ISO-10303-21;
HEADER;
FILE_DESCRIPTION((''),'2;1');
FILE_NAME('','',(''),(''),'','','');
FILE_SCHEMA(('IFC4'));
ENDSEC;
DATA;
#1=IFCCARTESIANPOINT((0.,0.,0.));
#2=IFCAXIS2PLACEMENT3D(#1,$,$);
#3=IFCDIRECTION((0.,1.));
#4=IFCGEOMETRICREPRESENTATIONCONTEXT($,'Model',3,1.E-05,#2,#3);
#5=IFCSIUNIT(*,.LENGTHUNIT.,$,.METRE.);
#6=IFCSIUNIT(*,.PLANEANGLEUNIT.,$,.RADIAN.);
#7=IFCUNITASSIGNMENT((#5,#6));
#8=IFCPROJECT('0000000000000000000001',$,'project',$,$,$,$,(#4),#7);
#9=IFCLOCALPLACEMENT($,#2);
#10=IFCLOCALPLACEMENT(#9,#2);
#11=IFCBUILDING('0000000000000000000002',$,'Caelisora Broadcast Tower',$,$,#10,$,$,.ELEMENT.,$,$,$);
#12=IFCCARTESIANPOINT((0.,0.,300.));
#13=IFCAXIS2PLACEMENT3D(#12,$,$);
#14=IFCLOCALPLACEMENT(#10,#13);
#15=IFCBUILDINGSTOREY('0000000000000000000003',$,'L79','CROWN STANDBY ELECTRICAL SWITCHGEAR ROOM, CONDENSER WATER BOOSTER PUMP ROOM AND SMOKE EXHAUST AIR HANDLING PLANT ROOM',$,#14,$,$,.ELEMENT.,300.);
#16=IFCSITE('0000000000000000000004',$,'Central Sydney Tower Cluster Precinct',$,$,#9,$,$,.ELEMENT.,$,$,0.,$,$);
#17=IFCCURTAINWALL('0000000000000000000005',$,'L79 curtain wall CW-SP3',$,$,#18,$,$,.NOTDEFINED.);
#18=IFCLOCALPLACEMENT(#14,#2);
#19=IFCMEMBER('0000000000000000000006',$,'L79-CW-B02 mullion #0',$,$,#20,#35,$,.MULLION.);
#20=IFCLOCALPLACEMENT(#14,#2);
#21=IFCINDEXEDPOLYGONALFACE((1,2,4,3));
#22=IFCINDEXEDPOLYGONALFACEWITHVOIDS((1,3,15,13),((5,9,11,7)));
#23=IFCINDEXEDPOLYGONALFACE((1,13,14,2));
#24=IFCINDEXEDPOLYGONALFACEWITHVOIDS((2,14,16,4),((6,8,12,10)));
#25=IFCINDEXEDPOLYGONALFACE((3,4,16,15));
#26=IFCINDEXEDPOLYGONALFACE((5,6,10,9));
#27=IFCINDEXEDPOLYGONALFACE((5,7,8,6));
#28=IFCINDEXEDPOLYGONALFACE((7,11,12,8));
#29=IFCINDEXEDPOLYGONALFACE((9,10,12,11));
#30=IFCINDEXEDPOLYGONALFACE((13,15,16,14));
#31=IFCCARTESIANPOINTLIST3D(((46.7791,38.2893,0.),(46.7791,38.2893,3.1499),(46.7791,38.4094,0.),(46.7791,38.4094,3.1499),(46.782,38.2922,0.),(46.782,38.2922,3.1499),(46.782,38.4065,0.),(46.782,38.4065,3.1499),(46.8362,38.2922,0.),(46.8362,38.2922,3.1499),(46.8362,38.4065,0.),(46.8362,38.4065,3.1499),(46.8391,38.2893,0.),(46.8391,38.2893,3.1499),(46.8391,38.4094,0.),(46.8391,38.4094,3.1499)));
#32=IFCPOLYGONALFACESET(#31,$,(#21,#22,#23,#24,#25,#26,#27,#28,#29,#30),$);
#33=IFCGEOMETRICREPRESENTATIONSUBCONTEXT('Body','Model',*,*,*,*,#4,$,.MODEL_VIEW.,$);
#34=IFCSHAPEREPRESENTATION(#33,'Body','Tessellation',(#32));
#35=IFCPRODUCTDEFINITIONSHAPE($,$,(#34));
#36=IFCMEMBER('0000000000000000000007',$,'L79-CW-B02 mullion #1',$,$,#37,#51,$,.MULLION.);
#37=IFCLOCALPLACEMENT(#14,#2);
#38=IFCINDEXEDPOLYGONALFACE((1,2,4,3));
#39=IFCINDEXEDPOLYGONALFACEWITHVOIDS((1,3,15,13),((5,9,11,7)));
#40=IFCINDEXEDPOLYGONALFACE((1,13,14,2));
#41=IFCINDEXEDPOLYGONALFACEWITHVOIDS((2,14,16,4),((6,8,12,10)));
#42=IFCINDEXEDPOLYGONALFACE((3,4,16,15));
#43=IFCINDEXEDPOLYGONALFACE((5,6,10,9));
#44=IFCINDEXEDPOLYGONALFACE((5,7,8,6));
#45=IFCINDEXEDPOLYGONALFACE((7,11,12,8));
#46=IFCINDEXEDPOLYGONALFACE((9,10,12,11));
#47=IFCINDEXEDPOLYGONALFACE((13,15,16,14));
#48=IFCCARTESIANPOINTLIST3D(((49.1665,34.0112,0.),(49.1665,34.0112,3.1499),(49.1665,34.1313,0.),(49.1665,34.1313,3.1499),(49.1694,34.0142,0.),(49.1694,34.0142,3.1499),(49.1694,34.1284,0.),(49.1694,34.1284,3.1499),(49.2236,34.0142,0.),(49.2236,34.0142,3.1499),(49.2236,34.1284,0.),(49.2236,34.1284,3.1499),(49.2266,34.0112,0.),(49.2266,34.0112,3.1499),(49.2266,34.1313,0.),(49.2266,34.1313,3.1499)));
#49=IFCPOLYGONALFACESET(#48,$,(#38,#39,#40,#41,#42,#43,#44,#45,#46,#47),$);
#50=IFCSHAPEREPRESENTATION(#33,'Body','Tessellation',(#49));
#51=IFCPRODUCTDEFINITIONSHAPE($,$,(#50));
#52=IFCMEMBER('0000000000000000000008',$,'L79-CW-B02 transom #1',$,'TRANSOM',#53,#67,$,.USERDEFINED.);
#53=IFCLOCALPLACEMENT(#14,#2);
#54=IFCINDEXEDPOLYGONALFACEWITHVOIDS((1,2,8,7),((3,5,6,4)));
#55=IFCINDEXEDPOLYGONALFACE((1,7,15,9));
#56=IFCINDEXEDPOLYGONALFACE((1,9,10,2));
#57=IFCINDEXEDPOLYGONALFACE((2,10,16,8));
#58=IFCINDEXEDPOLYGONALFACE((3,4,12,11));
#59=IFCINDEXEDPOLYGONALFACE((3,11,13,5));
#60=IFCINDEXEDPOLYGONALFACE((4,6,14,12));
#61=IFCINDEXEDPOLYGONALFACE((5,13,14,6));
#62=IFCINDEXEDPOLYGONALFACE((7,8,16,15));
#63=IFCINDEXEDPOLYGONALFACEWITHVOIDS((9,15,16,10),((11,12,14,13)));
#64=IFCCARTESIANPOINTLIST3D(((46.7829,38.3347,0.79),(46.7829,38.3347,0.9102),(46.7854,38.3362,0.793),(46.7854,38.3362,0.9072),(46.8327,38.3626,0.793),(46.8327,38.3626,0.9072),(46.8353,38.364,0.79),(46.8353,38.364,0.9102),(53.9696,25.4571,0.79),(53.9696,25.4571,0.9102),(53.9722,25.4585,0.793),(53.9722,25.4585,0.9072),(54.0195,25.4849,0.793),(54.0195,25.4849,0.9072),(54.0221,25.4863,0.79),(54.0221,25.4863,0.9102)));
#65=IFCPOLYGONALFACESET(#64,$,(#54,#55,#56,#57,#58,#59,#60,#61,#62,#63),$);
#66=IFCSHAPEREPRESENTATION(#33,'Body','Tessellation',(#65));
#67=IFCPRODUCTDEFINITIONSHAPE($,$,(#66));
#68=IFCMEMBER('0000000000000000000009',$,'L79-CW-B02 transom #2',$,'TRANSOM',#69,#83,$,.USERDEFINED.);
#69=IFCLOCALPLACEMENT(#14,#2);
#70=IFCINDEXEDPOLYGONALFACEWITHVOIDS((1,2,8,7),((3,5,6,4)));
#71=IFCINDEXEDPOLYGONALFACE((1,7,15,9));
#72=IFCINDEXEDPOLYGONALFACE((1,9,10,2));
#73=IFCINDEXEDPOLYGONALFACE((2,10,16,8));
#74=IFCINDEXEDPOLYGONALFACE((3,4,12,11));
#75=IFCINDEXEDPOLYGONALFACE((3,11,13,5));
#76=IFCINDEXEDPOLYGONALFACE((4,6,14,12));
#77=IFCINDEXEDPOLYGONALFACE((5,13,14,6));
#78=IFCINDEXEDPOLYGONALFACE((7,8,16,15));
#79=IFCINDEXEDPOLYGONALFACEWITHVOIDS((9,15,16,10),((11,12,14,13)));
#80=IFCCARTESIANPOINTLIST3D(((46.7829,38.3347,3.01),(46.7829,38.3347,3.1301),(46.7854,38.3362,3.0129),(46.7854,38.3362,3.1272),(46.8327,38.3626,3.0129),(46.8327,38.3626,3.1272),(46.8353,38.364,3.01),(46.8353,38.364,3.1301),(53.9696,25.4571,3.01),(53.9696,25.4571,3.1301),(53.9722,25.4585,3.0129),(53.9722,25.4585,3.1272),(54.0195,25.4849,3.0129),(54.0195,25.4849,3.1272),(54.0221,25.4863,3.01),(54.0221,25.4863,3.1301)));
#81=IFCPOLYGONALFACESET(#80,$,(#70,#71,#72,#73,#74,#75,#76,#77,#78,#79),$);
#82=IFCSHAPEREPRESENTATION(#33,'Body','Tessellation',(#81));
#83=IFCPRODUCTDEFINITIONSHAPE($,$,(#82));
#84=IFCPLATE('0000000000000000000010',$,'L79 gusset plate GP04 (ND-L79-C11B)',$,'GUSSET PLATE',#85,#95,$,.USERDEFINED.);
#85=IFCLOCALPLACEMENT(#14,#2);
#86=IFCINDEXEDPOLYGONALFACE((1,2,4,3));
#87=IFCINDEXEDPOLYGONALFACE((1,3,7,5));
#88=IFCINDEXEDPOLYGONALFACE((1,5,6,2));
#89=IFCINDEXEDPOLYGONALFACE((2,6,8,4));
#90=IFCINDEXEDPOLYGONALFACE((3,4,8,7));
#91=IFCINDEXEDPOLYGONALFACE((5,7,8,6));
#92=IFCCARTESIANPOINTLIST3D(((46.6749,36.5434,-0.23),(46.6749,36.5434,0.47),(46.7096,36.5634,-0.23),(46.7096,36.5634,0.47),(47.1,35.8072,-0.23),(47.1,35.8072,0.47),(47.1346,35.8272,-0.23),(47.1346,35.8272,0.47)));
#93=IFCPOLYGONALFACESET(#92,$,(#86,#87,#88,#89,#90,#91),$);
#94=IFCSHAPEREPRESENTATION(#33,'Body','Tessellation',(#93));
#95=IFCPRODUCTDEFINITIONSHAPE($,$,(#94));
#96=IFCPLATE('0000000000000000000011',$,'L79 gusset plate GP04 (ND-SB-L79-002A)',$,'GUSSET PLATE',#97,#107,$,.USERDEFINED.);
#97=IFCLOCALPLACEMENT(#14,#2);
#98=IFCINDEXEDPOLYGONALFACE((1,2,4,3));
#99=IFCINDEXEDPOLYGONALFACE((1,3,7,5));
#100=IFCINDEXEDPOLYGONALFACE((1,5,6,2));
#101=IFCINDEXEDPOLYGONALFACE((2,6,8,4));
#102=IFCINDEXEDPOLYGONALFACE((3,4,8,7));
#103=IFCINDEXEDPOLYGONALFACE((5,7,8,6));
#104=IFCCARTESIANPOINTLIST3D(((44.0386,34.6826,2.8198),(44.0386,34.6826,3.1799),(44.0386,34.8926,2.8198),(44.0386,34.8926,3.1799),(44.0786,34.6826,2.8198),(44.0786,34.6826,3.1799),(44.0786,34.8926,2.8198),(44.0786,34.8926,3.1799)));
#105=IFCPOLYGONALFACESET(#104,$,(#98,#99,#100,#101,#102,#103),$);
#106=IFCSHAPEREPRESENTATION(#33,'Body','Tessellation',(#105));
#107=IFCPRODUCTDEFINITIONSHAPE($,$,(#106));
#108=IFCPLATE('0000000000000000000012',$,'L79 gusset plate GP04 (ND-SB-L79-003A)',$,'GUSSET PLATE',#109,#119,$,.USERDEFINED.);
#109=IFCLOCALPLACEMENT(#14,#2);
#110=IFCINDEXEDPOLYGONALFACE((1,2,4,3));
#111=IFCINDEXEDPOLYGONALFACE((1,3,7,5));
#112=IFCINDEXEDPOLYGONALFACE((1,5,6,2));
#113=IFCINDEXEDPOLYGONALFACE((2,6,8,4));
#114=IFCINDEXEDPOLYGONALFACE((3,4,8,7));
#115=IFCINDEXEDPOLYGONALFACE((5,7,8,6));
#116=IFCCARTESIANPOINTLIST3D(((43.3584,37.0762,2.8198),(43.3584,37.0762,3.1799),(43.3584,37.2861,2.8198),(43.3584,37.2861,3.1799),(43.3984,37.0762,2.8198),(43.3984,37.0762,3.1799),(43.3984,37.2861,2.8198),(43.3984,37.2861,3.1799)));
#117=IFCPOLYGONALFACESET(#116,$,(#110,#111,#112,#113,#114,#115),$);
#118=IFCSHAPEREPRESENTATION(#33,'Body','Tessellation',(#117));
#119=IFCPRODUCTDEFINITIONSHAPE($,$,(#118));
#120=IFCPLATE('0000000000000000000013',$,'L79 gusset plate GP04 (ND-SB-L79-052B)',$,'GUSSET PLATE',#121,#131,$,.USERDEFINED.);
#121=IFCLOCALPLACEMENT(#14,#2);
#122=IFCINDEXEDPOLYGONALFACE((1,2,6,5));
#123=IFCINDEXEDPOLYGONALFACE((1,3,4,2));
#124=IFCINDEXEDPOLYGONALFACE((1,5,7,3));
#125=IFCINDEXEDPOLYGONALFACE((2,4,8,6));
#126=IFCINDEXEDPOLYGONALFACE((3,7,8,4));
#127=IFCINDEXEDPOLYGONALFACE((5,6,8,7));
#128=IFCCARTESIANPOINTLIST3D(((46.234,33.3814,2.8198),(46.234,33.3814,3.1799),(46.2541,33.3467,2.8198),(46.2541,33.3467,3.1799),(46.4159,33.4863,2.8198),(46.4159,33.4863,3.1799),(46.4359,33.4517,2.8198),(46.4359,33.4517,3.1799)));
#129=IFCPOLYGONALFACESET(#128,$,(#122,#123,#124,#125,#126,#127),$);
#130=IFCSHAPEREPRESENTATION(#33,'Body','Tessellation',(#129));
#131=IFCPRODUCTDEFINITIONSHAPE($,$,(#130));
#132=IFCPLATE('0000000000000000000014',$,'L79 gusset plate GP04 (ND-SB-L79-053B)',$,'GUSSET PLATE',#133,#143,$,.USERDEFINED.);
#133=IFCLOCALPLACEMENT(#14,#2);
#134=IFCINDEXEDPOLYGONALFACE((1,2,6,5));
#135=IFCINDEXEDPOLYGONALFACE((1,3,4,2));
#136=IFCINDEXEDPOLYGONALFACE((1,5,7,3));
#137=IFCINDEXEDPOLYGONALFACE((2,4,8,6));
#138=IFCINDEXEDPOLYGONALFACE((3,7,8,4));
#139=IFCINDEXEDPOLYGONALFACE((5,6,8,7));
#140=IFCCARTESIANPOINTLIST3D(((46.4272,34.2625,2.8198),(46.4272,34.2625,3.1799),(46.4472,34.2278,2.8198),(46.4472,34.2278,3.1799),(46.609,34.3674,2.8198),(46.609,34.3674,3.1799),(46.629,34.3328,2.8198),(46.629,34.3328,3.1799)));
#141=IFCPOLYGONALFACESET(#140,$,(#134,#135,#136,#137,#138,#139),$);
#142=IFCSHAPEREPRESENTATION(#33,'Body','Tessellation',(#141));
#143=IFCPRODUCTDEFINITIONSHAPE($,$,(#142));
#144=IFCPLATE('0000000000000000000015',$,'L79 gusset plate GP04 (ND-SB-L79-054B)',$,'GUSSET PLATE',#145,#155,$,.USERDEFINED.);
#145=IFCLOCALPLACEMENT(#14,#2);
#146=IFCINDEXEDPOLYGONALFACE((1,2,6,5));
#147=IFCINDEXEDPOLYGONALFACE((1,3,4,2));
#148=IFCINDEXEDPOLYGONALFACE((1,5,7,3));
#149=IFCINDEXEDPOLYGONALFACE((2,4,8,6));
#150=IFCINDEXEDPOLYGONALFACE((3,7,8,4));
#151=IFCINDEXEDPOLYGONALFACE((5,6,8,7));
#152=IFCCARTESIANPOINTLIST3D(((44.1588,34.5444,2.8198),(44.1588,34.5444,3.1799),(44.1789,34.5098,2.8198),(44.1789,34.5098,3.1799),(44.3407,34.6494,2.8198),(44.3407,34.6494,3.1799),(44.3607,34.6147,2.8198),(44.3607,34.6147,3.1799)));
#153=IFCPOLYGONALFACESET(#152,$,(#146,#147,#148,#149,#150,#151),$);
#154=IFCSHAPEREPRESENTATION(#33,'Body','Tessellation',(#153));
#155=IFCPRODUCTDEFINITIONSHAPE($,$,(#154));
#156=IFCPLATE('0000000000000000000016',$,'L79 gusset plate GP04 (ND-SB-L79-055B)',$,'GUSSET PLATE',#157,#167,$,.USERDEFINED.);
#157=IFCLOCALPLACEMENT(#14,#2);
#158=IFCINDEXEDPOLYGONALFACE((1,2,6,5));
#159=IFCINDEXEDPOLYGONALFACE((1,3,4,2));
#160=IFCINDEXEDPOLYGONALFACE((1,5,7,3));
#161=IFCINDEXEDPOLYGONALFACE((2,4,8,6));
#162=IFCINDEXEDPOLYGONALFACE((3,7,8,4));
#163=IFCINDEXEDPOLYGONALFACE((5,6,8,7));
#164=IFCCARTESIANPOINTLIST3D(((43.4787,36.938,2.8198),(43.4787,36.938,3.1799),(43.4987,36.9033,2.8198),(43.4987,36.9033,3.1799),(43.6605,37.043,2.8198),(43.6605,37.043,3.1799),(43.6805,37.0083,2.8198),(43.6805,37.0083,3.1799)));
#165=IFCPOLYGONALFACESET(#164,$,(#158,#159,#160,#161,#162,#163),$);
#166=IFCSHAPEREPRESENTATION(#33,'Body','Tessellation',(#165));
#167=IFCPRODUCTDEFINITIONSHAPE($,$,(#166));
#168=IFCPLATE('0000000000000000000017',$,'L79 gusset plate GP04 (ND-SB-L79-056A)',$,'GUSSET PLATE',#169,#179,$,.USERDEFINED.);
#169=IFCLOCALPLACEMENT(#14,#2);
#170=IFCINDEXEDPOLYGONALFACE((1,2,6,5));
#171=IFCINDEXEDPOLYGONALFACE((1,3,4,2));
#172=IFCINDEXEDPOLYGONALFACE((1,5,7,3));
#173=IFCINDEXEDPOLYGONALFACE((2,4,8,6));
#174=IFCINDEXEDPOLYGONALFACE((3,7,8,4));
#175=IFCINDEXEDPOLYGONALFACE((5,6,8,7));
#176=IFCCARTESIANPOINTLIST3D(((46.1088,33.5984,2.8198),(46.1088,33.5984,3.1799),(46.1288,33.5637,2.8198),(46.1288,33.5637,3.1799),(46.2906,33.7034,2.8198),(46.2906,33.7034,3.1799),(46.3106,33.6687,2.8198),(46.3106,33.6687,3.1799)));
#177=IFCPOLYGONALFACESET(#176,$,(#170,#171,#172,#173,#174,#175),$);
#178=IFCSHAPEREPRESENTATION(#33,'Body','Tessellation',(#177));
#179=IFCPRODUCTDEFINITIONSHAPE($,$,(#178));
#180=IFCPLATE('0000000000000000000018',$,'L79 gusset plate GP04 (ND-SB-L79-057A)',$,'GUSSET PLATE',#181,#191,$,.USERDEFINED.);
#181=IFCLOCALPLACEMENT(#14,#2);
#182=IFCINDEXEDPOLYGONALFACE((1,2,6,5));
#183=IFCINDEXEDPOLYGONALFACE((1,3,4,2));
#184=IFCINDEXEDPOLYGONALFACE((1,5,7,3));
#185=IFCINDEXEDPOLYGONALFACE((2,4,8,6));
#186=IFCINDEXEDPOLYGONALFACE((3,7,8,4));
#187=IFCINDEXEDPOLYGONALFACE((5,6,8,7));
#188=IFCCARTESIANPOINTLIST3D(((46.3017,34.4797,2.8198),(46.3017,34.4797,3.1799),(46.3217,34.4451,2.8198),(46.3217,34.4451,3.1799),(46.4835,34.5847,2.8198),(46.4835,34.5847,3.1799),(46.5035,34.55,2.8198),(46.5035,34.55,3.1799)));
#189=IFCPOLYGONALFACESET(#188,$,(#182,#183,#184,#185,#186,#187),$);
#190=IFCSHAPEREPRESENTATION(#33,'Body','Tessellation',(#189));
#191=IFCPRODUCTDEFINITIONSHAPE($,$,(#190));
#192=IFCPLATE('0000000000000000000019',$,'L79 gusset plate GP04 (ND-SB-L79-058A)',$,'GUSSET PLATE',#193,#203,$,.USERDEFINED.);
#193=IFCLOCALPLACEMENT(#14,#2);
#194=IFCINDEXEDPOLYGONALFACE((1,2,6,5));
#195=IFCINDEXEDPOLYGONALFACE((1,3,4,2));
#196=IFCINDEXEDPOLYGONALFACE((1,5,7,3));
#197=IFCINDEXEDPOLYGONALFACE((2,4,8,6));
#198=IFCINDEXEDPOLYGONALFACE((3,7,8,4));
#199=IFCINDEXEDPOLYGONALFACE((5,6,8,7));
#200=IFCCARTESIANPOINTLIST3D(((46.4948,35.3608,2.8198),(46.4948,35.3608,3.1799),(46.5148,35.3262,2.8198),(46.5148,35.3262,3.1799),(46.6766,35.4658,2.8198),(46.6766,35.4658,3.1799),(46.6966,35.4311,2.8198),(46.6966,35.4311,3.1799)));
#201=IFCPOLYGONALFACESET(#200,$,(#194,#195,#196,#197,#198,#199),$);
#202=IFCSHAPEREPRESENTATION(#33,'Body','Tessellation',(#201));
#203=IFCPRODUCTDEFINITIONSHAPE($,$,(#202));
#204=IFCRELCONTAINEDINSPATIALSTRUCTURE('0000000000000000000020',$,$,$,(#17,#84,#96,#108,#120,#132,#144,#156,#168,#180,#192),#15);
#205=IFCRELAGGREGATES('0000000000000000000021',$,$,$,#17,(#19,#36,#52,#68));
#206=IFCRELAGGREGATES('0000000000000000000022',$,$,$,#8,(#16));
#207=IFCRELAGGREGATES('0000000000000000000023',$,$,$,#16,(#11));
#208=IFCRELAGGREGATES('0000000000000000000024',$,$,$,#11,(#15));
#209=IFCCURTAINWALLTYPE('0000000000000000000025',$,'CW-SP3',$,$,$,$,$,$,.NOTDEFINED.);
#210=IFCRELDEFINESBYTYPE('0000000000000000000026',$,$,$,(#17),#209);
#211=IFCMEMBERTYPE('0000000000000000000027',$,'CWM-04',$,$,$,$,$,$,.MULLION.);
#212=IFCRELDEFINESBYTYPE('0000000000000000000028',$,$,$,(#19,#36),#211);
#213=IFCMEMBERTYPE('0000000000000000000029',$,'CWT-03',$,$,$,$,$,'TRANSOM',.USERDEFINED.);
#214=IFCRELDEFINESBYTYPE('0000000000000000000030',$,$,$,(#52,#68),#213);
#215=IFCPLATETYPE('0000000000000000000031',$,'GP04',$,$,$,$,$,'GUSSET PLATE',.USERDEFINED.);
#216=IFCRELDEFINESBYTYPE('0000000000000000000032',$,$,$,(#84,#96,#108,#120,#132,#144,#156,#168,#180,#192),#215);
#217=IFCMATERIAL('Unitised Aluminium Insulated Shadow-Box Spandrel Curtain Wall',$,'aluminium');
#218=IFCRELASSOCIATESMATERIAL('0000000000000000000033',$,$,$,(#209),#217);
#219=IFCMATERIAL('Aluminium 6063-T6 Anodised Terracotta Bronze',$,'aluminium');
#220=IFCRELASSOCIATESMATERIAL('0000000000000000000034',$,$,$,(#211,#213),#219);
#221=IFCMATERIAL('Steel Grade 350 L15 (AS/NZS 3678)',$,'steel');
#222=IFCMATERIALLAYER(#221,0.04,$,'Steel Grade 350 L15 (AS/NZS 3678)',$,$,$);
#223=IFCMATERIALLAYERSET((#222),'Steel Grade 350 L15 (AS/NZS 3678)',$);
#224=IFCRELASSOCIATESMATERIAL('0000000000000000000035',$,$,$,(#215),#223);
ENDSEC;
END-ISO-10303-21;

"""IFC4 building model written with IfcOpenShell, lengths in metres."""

from ifc_helpers import new_model, si_unit, direction, frame, origin, origin_2d, place, context, subcontext, project, spatial, rectangle, hollow_rectangle, extrude, source, transform, mapped, material, layer, layer_set, material_profile, profile_set, type_object, type_shapes, element, aggregate, save


model = new_model("IFC4")

# Units and contexts
model_context = context("Model", 3, precision=1e-05, world=origin(), true_north=direction((0.0, 1.0)))
body_context = subcontext(model_context, "Body", "Model", "MODEL_VIEW")
ifc_project = project(units=[si_unit("LENGTHUNIT", "METRE"), si_unit("PLANEANGLEUNIT", "RADIAN")], contexts=[model_context])

# Site, building, storey
site_placement = place(None, origin())
site = spatial("IfcSite", under=ifc_project, at=site_placement, Name="Central Sydney Tower Cluster Precinct", CompositionType="ELEMENT", RefElevation=0.0)
building_placement = place(site_placement, origin())
building = spatial("IfcBuilding", under=site, at=building_placement, Name="Caelisora Broadcast Tower", CompositionType="ELEMENT")
storey_placement = place(building_placement, frame((0.0, 0.0, 300.0)))
storey = spatial("IfcBuildingStorey", under=building, at=storey_placement, Name="L79", Description="CROWN STANDBY ELECTRICAL SWITCHGEAR ROOM, CONDENSER WATER BOOSTER PUMP ROOM AND SMOKE EXHAUST AIR HANDLING PLANT ROOM", CompositionType="ELEMENT", Elevation=300.0)

# Shared definitions
ifc_material_1 = material(Name="Unitised Aluminium Insulated Shadow-Box Spandrel Curtain Wall", Category="aluminium")
curtain_wall_type = type_object("IfcCurtainWallType", Name="CW-SP3", PredefinedType="NOTDEFINED", material=ifc_material_1)
ifc_material_2 = material(Name="Aluminium 6063-T6 Anodised Terracotta Bronze", Category="aluminium")
ifc_material_profile_1 = material_profile(ifc_material_2, hollow_rectangle(XDim=0.0601, YDim=0.1201, WallThickness=0.0029, at=origin_2d()), Name="Aluminium 6063-T6 Anodised Terracotta Bronze")
ifc_profile_set_1 = profile_set([ifc_material_profile_1], Name="Aluminium 6063-T6 Anodised Terracotta Bronze")
member_type_1 = type_object("IfcMemberType", Name="CWM-04", PredefinedType="MULLION", material=ifc_profile_set_1)
shared_shape_1 = source(origin(), body_context, "Body", "SweptSolid", [
    extrude(hollow_rectangle(XDim=0.0601, YDim=0.1201, WallThickness=0.0029, at=origin_2d()), origin(), (0.0, 0.0, 1.0), 3.1499),
])
type_shapes(member_type_1, [shared_shape_1])

# Curtain wall, members
curtain_wall_1_placement = place(storey_placement, origin())
curtain_wall_1 = element("IfcCurtainWall", 1, at=curtain_wall_1_placement, inside=storey, type_object=curtain_wall_type, Name="L79 curtain wall CW-SP3", PredefinedType="NOTDEFINED")
member_1_placement = place(storey_placement, frame((46.8091, 38.3494, 0.0), z_axis=(0.0, 0.0, 1.0), x_axis=(1.0, 0.0, 0.0)))
member_1 = element("IfcMember", 2, at=member_1_placement, type_object=member_type_1, Name="L79-CW-B02 mullion #0", PredefinedType="MULLION", context=body_context, shape_type="MappedRepresentation", body=[
    mapped(shared_shape_1, transform((0.0, 0.0, 0.0), scale=1.0)),
])
member_2_placement = place(storey_placement, frame((49.1965, 34.0713, 0.0), z_axis=(0.0, 0.0, 1.0), x_axis=(1.0, 0.0, 0.0)))
member_2 = element("IfcMember", 3, at=member_2_placement, type_object=member_type_1, Name="L79-CW-B02 mullion #1", PredefinedType="MULLION", context=body_context, shape_type="MappedRepresentation", body=[
    mapped(shared_shape_1, transform((0.0, 0.0, 0.0), scale=1.0)),
])
ifc_material_profile_2 = material_profile(ifc_material_2, hollow_rectangle(XDim=0.0601, YDim=0.1201, WallThickness=0.0029, at=origin_2d()), Name="Aluminium 6063-T6 Anodised Terracotta Bronze")
ifc_profile_set_2 = profile_set([ifc_material_profile_2], Name="Aluminium 6063-T6 Anodised Terracotta Bronze")
member_type_2 = type_object("IfcMemberType", Name="CWT-03", ElementType="TRANSOM", PredefinedType="USERDEFINED", material=ifc_profile_set_2)
shared_shape_2 = source(origin(), body_context, "Body", "SweptSolid", [
    extrude(hollow_rectangle(XDim=0.0601, YDim=0.1201, WallThickness=0.0029, at=origin_2d()), origin(), (0.0, 0.0, 1.0), 14.7473),
])
type_shapes(member_type_2, [shared_shape_2])
member_3_placement = place(storey_placement, frame((46.8091, 38.3494, 0.8501), z_axis=(0.487326, -0.87322, 0.0), x_axis=(0.87322, 0.487326, 0.0)))
member_3 = element("IfcMember", 4, at=member_3_placement, type_object=member_type_2, Name="L79-CW-B02 transom #1", ObjectType="TRANSOM", PredefinedType="USERDEFINED", context=body_context, shape_type="MappedRepresentation", body=[
    mapped(shared_shape_2, transform((0.0, 0.0, 0.0), scale=1.0)),
])
member_4_placement = place(storey_placement, frame((46.8091, 38.3494, 3.0701), z_axis=(0.487326, -0.87322, 0.0), x_axis=(0.87322, 0.487326, 0.0)))
member_4 = element("IfcMember", 5, at=member_4_placement, type_object=member_type_2, Name="L79-CW-B02 transom #2", ObjectType="TRANSOM", PredefinedType="USERDEFINED", context=body_context, shape_type="MappedRepresentation", body=[
    mapped(shared_shape_2, transform((0.0, 0.0, 0.0), scale=1.0)),
])

# Plates
ifc_material_3 = material(Name="Steel Grade 350 L15 (AS/NZS 3678)", Category="steel")
ifc_layer_1 = layer(ifc_material_3, 0.04, Name="Steel Grade 350 L15 (AS/NZS 3678)")
ifc_layer_set_1 = layer_set([ifc_layer_1], Name="Steel Grade 350 L15 (AS/NZS 3678)")
plate_type_1 = type_object("IfcPlateType", Name="GP04", ElementType="GUSSET PLATE", PredefinedType="USERDEFINED", material=ifc_layer_set_1)
shared_shape_3 = source(origin(), body_context, "Body", "SweptSolid", [
    extrude(rectangle(XDim=0.8501, YDim=0.04, at=origin_2d()), origin(), (0.0, 0.0, 1.0), 0.7),
])
plate_1_placement = place(storey_placement, frame((46.9048, 36.1853, -0.23), z_axis=(0.0, 0.0, 1.0), x_axis=(-0.5, 0.866025, 0.0)))
element("IfcPlate", 6, at=plate_1_placement, inside=storey, type_object=plate_type_1, Name="L79 gusset plate GP04 (ND-L79-C11B)", ObjectType="GUSSET PLATE", PredefinedType="USERDEFINED", context=body_context, shape_type="MappedRepresentation", body=[
    mapped(shared_shape_3, transform((0.0, 0.0, 0.0), scale=1.0)),
])
shared_shape_4 = source(origin(), body_context, "Body", "SweptSolid", [
    extrude(rectangle(XDim=0.21, YDim=0.04, at=origin_2d()), origin(), (0.0, 0.0, 1.0), 0.3601),
])
type_shapes(plate_type_1, [shared_shape_3, shared_shape_4])
for number, where, z_axis, x_axis, name in (
    (7, (44.0586, 34.7876, 2.8198), (0.0, 0.0, 1.0), (0.0, -1.0, 0.0), "L79 gusset plate GP04 (ND-SB-L79-002A)"),
    (8, (43.3784, 37.1812, 2.8198), (0.0, 0.0, 1.0), (0.0, -1.0, 0.0), "L79 gusset plate GP04 (ND-SB-L79-003A)"),
    (9, (46.335, 33.4165, 2.8198), (0.0, 0.0, 1.0), (-0.866025, -0.5, 0.0), "L79 gusset plate GP04 (ND-SB-L79-052B)"),
    (10, (46.5281, 34.2976, 2.8198), (0.0, 0.0, 1.0), (-0.866025, -0.5, 0.0), "L79 gusset plate GP04 (ND-SB-L79-053B)"),
    (11, (44.2598, 34.5796, 2.8198), (0.0, 0.0, 1.0), (-0.866025, -0.5, 0.0), "L79 gusset plate GP04 (ND-SB-L79-054B)"),
    (12, (43.5796, 36.9731, 2.8198), (0.0, 0.0, 1.0), (-0.866025, -0.5, 0.0), "L79 gusset plate GP04 (ND-SB-L79-055B)"),
    (13, (46.2097, 33.6335, 2.8198), (0.0, 0.0, 1.0), (-0.866025, -0.5, 0.0), "L79 gusset plate GP04 (ND-SB-L79-056A)"),
    (14, (46.4026, 34.5149, 2.8198), (0.0, 0.0, 1.0), (-0.866025, -0.5, 0.0), "L79 gusset plate GP04 (ND-SB-L79-057A)"),
    (15, (46.5957, 35.396, 2.8198), (0.0, 0.0, 1.0), (-0.866025, -0.5, 0.0), "L79 gusset plate GP04 (ND-SB-L79-058A)"),
):
    element("IfcPlate", number, at=place(storey_placement, frame(where, z_axis=z_axis, x_axis=x_axis)), inside=storey, type_object=plate_type_1, Name=name, ObjectType="GUSSET PLATE", PredefinedType="USERDEFINED", context=body_context, shape_type="MappedRepresentation", body=[
        mapped(shared_shape_4, transform((0.0, 0.0, 0.0), scale=1.0)),
    ])

aggregate(curtain_wall_1, [member_1, member_2, member_3, member_4])

save(model, "model.ifc")
